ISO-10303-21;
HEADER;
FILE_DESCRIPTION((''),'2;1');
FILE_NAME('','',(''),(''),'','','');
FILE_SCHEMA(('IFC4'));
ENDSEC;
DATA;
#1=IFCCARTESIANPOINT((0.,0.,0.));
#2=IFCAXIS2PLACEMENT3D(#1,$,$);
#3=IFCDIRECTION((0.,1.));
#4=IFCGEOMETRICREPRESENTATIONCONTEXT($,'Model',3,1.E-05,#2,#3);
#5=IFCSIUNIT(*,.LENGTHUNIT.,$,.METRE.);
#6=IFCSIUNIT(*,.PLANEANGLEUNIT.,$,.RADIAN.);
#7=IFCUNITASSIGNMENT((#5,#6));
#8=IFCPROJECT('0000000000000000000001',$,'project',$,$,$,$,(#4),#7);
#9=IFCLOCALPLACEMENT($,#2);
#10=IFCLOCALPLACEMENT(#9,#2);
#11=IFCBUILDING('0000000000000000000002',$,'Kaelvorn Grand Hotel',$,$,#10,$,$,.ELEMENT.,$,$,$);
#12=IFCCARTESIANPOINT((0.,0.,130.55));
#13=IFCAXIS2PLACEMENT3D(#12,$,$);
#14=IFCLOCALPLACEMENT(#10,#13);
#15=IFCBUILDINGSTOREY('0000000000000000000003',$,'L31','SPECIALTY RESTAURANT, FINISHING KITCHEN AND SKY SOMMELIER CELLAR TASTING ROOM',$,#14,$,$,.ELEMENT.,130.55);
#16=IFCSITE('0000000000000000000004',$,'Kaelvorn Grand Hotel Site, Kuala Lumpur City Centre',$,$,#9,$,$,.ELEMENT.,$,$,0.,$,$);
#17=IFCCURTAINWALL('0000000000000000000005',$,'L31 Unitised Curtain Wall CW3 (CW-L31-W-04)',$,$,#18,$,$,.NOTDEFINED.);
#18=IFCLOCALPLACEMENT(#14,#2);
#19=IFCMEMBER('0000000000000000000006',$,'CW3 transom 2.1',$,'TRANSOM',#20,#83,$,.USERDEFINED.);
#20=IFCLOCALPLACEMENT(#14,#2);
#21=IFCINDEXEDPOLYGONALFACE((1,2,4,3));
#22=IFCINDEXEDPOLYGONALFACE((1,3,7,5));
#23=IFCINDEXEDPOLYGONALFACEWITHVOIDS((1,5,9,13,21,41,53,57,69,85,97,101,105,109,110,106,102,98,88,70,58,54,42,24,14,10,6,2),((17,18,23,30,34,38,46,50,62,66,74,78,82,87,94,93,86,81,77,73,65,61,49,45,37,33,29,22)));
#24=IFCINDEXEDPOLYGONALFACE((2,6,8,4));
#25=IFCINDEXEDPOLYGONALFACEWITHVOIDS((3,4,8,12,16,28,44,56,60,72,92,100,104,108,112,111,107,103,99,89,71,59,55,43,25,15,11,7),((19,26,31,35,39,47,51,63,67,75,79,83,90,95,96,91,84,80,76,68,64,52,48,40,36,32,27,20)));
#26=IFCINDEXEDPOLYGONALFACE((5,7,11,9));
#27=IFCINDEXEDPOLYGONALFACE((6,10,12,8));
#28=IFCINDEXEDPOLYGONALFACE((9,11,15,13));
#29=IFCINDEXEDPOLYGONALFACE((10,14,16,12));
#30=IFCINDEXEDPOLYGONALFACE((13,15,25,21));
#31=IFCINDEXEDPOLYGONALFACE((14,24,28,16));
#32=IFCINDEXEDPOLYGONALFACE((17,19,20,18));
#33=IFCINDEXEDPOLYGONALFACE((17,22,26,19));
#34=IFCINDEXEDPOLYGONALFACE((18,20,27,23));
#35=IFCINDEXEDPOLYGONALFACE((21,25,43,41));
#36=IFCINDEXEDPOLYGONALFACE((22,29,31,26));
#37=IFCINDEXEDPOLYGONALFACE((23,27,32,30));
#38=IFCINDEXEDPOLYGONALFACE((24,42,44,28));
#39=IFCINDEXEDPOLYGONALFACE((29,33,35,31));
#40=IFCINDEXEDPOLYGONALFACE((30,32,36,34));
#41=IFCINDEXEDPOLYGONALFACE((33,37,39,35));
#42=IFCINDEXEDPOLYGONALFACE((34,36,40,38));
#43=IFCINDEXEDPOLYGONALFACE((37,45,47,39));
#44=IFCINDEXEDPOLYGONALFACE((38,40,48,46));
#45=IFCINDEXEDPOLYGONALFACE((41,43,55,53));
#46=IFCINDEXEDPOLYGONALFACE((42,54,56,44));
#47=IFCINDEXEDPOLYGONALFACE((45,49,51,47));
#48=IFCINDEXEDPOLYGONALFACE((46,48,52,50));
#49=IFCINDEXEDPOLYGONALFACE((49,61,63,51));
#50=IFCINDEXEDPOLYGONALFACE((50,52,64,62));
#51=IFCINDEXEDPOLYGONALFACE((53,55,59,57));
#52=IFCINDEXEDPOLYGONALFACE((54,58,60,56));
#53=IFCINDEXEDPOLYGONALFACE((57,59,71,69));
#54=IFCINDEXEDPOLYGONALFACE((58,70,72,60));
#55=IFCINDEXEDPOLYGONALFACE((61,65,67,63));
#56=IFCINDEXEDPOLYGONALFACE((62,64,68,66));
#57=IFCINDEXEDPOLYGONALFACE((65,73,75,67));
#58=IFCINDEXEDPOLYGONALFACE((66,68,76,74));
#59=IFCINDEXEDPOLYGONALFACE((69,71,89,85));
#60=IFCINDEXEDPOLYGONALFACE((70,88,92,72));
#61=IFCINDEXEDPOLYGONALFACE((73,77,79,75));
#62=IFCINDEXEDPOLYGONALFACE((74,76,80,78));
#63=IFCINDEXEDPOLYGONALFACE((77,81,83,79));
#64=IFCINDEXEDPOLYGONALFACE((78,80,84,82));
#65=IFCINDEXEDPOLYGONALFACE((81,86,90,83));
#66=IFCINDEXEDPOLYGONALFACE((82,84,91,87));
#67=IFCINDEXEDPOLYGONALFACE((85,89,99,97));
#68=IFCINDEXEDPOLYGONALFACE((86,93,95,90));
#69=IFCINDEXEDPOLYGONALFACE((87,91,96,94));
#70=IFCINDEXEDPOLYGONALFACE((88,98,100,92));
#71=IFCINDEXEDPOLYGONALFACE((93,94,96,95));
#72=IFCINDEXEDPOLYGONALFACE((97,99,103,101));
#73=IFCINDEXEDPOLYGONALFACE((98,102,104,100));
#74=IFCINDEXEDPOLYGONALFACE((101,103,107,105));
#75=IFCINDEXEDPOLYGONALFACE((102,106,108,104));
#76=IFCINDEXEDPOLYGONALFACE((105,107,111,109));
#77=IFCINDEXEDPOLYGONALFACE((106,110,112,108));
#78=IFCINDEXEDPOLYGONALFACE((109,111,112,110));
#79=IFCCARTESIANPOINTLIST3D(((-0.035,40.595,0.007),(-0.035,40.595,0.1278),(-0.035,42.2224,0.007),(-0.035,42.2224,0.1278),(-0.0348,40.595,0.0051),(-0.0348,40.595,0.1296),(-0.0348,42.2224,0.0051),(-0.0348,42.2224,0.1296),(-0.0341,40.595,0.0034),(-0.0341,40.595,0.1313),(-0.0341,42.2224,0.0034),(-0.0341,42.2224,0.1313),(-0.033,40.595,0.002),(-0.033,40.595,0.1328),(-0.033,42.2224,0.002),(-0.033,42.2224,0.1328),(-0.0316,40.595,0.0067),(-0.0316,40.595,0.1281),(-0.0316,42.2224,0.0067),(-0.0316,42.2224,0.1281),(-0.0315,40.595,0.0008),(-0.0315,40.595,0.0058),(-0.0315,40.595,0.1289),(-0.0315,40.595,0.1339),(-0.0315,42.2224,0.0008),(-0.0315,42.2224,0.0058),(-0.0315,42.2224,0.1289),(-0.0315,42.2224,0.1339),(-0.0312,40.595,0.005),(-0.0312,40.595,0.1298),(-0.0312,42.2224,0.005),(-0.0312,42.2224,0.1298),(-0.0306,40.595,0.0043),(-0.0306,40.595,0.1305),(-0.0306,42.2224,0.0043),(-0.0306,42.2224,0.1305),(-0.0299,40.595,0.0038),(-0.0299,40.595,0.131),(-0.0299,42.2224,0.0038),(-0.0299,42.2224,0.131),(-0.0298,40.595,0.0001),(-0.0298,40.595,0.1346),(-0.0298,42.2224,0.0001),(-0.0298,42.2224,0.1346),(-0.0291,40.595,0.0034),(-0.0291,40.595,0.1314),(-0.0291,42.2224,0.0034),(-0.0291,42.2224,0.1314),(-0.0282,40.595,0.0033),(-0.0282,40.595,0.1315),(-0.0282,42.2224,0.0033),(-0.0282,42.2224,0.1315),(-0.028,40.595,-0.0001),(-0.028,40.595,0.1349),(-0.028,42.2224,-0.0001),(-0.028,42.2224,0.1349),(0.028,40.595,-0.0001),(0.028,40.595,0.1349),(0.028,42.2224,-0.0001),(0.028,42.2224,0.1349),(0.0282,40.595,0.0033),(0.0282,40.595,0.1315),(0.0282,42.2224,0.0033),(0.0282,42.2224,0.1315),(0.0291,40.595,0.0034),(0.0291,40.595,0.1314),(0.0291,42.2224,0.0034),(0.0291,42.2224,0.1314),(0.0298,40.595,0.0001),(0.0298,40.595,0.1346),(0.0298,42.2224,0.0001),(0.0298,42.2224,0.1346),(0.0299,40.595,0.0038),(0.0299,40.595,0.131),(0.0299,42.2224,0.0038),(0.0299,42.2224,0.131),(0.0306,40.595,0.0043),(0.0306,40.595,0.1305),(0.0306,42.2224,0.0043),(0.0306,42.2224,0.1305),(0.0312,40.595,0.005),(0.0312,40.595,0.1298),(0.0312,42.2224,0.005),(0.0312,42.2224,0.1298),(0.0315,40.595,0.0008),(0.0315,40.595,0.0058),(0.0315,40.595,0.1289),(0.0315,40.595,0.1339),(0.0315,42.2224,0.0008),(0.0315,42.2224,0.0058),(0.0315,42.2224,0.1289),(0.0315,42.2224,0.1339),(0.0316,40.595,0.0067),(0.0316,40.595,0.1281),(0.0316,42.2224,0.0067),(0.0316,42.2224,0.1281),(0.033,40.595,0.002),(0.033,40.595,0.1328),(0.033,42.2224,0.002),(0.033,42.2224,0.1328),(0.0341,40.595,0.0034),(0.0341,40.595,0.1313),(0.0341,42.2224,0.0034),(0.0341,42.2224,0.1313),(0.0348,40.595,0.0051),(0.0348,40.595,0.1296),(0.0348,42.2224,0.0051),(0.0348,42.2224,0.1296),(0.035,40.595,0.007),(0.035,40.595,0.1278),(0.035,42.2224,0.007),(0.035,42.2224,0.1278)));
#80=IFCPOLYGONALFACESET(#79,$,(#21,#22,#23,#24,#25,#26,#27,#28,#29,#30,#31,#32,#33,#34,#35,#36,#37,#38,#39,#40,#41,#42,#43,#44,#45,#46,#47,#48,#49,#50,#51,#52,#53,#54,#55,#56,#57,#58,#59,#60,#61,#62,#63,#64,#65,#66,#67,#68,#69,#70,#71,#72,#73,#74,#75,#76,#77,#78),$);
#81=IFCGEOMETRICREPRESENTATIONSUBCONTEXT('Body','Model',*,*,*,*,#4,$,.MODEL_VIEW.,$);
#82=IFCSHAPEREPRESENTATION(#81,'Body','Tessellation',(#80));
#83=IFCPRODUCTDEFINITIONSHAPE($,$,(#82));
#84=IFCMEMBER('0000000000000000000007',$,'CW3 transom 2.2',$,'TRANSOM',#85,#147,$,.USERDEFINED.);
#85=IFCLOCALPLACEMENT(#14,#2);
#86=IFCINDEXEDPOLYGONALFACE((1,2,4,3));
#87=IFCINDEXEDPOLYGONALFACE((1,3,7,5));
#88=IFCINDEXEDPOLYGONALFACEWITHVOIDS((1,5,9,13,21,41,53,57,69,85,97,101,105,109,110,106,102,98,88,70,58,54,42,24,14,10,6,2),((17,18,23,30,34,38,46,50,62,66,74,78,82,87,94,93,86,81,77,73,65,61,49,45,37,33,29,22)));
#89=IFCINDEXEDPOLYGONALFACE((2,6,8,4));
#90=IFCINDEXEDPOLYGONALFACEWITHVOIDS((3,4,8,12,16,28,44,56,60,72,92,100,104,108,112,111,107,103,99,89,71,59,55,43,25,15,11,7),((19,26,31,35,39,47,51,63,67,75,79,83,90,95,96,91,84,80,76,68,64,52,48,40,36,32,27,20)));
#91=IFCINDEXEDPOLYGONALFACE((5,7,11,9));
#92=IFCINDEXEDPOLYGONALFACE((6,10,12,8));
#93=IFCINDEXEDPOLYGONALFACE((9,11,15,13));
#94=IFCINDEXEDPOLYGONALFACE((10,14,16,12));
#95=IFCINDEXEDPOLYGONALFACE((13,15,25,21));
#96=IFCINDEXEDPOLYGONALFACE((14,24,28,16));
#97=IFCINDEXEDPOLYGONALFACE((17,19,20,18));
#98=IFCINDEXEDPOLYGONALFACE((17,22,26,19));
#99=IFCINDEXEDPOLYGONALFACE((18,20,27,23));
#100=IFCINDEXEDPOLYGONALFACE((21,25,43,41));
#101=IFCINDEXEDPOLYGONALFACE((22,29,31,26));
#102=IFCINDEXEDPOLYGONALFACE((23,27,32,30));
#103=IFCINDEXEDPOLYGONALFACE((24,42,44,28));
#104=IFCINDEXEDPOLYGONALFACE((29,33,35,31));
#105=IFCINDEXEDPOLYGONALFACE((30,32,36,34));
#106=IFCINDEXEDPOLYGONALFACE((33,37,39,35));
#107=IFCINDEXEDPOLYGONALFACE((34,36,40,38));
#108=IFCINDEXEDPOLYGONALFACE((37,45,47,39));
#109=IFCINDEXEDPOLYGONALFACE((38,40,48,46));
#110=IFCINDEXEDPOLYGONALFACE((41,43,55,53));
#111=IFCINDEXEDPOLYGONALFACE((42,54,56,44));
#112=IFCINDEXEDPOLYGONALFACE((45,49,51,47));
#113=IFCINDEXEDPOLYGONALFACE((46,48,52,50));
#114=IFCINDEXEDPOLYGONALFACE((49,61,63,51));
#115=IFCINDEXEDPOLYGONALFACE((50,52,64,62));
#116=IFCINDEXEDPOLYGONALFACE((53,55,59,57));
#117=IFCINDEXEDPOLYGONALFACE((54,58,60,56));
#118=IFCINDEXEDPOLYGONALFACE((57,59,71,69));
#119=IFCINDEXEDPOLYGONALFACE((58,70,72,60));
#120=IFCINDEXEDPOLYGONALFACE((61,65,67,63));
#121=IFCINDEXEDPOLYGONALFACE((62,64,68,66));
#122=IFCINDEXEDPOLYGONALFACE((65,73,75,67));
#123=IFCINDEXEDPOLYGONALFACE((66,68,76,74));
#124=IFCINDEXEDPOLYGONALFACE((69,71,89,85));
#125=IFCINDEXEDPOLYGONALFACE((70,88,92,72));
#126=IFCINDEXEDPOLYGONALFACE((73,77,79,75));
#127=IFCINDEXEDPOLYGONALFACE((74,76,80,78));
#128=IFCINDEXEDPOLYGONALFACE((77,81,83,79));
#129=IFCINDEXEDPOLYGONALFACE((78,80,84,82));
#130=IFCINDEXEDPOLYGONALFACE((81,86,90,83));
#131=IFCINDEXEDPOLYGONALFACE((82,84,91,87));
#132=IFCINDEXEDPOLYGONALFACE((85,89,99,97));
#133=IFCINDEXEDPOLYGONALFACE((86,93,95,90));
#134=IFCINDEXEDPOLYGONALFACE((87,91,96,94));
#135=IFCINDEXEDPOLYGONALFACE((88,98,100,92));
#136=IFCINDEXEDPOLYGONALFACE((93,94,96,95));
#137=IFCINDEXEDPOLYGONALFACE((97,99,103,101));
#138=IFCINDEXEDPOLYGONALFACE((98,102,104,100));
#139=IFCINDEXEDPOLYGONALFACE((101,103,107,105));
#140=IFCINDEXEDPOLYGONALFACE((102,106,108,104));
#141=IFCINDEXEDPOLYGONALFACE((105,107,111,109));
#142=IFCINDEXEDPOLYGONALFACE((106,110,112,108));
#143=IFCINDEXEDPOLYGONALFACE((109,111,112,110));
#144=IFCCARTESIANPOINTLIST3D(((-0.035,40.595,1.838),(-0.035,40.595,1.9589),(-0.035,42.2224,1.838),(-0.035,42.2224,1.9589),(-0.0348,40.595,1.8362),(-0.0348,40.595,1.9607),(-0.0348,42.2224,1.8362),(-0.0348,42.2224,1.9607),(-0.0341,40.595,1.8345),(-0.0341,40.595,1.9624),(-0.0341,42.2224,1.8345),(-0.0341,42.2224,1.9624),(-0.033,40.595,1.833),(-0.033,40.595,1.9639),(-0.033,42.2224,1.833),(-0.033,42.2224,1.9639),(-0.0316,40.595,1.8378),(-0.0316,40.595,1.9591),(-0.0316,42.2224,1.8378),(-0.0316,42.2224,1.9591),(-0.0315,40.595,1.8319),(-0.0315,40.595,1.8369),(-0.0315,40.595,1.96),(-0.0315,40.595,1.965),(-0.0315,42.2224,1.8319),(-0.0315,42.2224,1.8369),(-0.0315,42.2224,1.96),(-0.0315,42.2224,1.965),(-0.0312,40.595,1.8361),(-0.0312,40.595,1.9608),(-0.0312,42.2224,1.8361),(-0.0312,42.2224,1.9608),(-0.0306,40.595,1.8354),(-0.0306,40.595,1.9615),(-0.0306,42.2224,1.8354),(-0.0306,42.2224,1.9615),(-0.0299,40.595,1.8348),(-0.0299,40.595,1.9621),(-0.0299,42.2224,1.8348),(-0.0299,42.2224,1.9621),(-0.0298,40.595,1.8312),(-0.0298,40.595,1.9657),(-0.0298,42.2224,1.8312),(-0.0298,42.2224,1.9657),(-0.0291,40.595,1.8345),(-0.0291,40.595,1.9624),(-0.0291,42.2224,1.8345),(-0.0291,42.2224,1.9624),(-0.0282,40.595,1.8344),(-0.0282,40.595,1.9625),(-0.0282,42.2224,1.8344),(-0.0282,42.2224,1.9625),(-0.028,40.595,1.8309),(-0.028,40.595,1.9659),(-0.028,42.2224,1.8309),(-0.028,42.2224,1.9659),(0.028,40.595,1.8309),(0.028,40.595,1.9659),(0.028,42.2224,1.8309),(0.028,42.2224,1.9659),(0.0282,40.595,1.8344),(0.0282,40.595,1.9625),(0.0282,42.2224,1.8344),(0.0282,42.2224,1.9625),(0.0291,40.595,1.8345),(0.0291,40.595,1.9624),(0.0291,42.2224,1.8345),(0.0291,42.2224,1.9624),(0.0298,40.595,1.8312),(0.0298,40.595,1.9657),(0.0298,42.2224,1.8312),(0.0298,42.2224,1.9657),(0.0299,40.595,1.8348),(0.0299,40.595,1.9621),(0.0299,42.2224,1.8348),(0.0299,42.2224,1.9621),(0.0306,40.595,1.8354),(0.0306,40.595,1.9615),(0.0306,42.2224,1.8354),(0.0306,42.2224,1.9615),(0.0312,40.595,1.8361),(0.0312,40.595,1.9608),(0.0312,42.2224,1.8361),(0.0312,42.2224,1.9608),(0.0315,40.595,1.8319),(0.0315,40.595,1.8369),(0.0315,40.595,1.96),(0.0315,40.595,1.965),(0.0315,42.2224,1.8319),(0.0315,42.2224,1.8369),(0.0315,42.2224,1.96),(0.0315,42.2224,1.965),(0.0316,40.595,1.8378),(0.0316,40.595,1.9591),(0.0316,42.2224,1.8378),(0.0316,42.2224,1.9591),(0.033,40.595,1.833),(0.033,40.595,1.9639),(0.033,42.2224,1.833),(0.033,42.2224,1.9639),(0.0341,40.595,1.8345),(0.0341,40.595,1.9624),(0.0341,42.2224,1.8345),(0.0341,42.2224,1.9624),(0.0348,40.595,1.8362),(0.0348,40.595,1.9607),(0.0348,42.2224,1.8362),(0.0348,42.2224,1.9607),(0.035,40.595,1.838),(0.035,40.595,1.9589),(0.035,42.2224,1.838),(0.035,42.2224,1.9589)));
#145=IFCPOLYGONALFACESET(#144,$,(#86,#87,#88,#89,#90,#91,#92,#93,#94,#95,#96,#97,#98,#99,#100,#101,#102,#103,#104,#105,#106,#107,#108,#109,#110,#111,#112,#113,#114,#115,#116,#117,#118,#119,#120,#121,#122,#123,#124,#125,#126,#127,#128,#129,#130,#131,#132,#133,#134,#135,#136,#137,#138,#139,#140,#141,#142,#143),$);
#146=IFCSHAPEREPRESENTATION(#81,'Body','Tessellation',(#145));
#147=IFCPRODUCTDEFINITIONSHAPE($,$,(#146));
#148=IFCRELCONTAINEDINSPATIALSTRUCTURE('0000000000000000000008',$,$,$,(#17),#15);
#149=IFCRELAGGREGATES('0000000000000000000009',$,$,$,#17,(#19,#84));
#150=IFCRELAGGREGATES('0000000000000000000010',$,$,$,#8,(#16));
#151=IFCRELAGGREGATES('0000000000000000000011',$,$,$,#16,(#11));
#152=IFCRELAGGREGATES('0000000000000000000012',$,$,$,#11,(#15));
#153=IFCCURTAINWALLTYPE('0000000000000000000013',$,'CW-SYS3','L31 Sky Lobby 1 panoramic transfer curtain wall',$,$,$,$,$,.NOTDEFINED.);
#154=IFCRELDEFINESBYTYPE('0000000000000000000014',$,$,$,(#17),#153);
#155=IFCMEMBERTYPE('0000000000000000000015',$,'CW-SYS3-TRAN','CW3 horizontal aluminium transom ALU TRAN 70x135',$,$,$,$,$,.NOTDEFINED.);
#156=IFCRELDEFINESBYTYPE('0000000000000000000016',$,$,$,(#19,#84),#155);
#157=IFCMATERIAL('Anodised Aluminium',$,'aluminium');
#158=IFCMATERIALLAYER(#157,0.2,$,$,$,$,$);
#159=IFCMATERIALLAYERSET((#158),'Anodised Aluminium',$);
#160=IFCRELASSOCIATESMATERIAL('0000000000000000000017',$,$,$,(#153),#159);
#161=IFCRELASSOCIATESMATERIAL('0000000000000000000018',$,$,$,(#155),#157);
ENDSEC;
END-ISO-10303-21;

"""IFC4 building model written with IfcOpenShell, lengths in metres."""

from ifc_helpers import new_model, si_unit, direction, frame, origin, origin_2d, place, context, subcontext, project, spatial, hollow_rectangle, extrude, material, layer, layer_set, material_profile, profile_set, type_object, element, aggregate, save


model = new_model("IFC4")

# Units and contexts
model_context = context("Model", 3, precision=1e-05, world=origin(), true_north=direction((0.0, 1.0)))
body_context = subcontext(model_context, "Body", "Model", "MODEL_VIEW")
ifc_project = project(units=[si_unit("LENGTHUNIT", "METRE"), si_unit("PLANEANGLEUNIT", "RADIAN")], contexts=[model_context])

# Site, building, storey
site_placement = place(None, origin())
site = spatial("IfcSite", under=ifc_project, at=site_placement, Name="Kaelvorn Grand Hotel Site, Kuala Lumpur City Centre", CompositionType="ELEMENT", RefElevation=0.0)
building_placement = place(site_placement, origin())
building = spatial("IfcBuilding", under=site, at=building_placement, Name="Kaelvorn Grand Hotel", CompositionType="ELEMENT")
storey_placement = place(building_placement, frame((0.0, 0.0, 130.55)))
storey = spatial("IfcBuildingStorey", under=building, at=storey_placement, Name="L31", Description="SPECIALTY RESTAURANT, FINISHING KITCHEN AND SKY SOMMELIER CELLAR TASTING ROOM", CompositionType="ELEMENT", Elevation=130.55)

# Curtain wall
ifc_material_1 = material(Name="Anodised Aluminium", Category="aluminium")
ifc_layer_1 = layer(ifc_material_1, 0.2)
ifc_layer_set_1 = layer_set([ifc_layer_1], Name="Anodised Aluminium")
curtain_wall_type = type_object("IfcCurtainWallType", Name="CW-SYS3", Description="L31 Sky Lobby 1 panoramic transfer curtain wall", PredefinedType="NOTDEFINED", material=ifc_layer_set_1)
curtain_wall_1_placement = place(storey_placement, origin())
curtain_wall_1 = element("IfcCurtainWall", 1, at=curtain_wall_1_placement, inside=storey, type_object=curtain_wall_type, Name="L31 Unitised Curtain Wall CW3 (CW-L31-W-04)", PredefinedType="NOTDEFINED")

# Members
ifc_material_profile_1 = material_profile(ifc_material_1, hollow_rectangle(XDim=0.0701, YDim=0.135, WallThickness=0.0034, InnerFilletRadius=0.0034, OuterFilletRadius=0.0071, at=origin_2d()), Name="ALU TRAN 70x135")
ifc_profile_set_1 = profile_set([ifc_material_profile_1], Name="Anodised Aluminium")
member_type_1 = type_object("IfcMemberType", Name="CW-SYS3-TRAN", Description="CW3 horizontal aluminium transom ALU TRAN 70x135", PredefinedType="NOTDEFINED", material=ifc_profile_set_1)
member_1_placement = place(storey_placement, frame((0.0, 42.2224, 0.0674), z_axis=(0.0, -1.0, 0.0), x_axis=(1.0, 0.0, 0.0)))
member_1 = element("IfcMember", 2, at=member_1_placement, type_object=member_type_1, Name="CW3 transom 2.1", ObjectType="TRANSOM", PredefinedType="USERDEFINED", context=body_context, shape_type="SweptSolid", body=[
    extrude(hollow_rectangle(XDim=0.0701, YDim=0.135, WallThickness=0.0034, InnerFilletRadius=0.0034, OuterFilletRadius=0.0071, at=origin_2d()), origin(), (0.0, 0.0, 1.0), 1.6274),
])
member_2_placement = place(storey_placement, frame((0.0, 42.2224, 1.8984), z_axis=(0.0, -1.0, 0.0), x_axis=(1.0, 0.0, 0.0)))
member_2 = element("IfcMember", 3, at=member_2_placement, type_object=member_type_1, Name="CW3 transom 2.2", ObjectType="TRANSOM", PredefinedType="USERDEFINED", context=body_context, shape_type="SweptSolid", body=[
    extrude(hollow_rectangle(XDim=0.0701, YDim=0.135, WallThickness=0.0034, InnerFilletRadius=0.0034, OuterFilletRadius=0.0071, at=origin_2d()), origin(), (0.0, 0.0, 1.0), 1.6274),
])

aggregate(curtain_wall_1, [member_1, member_2])

save(model, "model.ifc")
